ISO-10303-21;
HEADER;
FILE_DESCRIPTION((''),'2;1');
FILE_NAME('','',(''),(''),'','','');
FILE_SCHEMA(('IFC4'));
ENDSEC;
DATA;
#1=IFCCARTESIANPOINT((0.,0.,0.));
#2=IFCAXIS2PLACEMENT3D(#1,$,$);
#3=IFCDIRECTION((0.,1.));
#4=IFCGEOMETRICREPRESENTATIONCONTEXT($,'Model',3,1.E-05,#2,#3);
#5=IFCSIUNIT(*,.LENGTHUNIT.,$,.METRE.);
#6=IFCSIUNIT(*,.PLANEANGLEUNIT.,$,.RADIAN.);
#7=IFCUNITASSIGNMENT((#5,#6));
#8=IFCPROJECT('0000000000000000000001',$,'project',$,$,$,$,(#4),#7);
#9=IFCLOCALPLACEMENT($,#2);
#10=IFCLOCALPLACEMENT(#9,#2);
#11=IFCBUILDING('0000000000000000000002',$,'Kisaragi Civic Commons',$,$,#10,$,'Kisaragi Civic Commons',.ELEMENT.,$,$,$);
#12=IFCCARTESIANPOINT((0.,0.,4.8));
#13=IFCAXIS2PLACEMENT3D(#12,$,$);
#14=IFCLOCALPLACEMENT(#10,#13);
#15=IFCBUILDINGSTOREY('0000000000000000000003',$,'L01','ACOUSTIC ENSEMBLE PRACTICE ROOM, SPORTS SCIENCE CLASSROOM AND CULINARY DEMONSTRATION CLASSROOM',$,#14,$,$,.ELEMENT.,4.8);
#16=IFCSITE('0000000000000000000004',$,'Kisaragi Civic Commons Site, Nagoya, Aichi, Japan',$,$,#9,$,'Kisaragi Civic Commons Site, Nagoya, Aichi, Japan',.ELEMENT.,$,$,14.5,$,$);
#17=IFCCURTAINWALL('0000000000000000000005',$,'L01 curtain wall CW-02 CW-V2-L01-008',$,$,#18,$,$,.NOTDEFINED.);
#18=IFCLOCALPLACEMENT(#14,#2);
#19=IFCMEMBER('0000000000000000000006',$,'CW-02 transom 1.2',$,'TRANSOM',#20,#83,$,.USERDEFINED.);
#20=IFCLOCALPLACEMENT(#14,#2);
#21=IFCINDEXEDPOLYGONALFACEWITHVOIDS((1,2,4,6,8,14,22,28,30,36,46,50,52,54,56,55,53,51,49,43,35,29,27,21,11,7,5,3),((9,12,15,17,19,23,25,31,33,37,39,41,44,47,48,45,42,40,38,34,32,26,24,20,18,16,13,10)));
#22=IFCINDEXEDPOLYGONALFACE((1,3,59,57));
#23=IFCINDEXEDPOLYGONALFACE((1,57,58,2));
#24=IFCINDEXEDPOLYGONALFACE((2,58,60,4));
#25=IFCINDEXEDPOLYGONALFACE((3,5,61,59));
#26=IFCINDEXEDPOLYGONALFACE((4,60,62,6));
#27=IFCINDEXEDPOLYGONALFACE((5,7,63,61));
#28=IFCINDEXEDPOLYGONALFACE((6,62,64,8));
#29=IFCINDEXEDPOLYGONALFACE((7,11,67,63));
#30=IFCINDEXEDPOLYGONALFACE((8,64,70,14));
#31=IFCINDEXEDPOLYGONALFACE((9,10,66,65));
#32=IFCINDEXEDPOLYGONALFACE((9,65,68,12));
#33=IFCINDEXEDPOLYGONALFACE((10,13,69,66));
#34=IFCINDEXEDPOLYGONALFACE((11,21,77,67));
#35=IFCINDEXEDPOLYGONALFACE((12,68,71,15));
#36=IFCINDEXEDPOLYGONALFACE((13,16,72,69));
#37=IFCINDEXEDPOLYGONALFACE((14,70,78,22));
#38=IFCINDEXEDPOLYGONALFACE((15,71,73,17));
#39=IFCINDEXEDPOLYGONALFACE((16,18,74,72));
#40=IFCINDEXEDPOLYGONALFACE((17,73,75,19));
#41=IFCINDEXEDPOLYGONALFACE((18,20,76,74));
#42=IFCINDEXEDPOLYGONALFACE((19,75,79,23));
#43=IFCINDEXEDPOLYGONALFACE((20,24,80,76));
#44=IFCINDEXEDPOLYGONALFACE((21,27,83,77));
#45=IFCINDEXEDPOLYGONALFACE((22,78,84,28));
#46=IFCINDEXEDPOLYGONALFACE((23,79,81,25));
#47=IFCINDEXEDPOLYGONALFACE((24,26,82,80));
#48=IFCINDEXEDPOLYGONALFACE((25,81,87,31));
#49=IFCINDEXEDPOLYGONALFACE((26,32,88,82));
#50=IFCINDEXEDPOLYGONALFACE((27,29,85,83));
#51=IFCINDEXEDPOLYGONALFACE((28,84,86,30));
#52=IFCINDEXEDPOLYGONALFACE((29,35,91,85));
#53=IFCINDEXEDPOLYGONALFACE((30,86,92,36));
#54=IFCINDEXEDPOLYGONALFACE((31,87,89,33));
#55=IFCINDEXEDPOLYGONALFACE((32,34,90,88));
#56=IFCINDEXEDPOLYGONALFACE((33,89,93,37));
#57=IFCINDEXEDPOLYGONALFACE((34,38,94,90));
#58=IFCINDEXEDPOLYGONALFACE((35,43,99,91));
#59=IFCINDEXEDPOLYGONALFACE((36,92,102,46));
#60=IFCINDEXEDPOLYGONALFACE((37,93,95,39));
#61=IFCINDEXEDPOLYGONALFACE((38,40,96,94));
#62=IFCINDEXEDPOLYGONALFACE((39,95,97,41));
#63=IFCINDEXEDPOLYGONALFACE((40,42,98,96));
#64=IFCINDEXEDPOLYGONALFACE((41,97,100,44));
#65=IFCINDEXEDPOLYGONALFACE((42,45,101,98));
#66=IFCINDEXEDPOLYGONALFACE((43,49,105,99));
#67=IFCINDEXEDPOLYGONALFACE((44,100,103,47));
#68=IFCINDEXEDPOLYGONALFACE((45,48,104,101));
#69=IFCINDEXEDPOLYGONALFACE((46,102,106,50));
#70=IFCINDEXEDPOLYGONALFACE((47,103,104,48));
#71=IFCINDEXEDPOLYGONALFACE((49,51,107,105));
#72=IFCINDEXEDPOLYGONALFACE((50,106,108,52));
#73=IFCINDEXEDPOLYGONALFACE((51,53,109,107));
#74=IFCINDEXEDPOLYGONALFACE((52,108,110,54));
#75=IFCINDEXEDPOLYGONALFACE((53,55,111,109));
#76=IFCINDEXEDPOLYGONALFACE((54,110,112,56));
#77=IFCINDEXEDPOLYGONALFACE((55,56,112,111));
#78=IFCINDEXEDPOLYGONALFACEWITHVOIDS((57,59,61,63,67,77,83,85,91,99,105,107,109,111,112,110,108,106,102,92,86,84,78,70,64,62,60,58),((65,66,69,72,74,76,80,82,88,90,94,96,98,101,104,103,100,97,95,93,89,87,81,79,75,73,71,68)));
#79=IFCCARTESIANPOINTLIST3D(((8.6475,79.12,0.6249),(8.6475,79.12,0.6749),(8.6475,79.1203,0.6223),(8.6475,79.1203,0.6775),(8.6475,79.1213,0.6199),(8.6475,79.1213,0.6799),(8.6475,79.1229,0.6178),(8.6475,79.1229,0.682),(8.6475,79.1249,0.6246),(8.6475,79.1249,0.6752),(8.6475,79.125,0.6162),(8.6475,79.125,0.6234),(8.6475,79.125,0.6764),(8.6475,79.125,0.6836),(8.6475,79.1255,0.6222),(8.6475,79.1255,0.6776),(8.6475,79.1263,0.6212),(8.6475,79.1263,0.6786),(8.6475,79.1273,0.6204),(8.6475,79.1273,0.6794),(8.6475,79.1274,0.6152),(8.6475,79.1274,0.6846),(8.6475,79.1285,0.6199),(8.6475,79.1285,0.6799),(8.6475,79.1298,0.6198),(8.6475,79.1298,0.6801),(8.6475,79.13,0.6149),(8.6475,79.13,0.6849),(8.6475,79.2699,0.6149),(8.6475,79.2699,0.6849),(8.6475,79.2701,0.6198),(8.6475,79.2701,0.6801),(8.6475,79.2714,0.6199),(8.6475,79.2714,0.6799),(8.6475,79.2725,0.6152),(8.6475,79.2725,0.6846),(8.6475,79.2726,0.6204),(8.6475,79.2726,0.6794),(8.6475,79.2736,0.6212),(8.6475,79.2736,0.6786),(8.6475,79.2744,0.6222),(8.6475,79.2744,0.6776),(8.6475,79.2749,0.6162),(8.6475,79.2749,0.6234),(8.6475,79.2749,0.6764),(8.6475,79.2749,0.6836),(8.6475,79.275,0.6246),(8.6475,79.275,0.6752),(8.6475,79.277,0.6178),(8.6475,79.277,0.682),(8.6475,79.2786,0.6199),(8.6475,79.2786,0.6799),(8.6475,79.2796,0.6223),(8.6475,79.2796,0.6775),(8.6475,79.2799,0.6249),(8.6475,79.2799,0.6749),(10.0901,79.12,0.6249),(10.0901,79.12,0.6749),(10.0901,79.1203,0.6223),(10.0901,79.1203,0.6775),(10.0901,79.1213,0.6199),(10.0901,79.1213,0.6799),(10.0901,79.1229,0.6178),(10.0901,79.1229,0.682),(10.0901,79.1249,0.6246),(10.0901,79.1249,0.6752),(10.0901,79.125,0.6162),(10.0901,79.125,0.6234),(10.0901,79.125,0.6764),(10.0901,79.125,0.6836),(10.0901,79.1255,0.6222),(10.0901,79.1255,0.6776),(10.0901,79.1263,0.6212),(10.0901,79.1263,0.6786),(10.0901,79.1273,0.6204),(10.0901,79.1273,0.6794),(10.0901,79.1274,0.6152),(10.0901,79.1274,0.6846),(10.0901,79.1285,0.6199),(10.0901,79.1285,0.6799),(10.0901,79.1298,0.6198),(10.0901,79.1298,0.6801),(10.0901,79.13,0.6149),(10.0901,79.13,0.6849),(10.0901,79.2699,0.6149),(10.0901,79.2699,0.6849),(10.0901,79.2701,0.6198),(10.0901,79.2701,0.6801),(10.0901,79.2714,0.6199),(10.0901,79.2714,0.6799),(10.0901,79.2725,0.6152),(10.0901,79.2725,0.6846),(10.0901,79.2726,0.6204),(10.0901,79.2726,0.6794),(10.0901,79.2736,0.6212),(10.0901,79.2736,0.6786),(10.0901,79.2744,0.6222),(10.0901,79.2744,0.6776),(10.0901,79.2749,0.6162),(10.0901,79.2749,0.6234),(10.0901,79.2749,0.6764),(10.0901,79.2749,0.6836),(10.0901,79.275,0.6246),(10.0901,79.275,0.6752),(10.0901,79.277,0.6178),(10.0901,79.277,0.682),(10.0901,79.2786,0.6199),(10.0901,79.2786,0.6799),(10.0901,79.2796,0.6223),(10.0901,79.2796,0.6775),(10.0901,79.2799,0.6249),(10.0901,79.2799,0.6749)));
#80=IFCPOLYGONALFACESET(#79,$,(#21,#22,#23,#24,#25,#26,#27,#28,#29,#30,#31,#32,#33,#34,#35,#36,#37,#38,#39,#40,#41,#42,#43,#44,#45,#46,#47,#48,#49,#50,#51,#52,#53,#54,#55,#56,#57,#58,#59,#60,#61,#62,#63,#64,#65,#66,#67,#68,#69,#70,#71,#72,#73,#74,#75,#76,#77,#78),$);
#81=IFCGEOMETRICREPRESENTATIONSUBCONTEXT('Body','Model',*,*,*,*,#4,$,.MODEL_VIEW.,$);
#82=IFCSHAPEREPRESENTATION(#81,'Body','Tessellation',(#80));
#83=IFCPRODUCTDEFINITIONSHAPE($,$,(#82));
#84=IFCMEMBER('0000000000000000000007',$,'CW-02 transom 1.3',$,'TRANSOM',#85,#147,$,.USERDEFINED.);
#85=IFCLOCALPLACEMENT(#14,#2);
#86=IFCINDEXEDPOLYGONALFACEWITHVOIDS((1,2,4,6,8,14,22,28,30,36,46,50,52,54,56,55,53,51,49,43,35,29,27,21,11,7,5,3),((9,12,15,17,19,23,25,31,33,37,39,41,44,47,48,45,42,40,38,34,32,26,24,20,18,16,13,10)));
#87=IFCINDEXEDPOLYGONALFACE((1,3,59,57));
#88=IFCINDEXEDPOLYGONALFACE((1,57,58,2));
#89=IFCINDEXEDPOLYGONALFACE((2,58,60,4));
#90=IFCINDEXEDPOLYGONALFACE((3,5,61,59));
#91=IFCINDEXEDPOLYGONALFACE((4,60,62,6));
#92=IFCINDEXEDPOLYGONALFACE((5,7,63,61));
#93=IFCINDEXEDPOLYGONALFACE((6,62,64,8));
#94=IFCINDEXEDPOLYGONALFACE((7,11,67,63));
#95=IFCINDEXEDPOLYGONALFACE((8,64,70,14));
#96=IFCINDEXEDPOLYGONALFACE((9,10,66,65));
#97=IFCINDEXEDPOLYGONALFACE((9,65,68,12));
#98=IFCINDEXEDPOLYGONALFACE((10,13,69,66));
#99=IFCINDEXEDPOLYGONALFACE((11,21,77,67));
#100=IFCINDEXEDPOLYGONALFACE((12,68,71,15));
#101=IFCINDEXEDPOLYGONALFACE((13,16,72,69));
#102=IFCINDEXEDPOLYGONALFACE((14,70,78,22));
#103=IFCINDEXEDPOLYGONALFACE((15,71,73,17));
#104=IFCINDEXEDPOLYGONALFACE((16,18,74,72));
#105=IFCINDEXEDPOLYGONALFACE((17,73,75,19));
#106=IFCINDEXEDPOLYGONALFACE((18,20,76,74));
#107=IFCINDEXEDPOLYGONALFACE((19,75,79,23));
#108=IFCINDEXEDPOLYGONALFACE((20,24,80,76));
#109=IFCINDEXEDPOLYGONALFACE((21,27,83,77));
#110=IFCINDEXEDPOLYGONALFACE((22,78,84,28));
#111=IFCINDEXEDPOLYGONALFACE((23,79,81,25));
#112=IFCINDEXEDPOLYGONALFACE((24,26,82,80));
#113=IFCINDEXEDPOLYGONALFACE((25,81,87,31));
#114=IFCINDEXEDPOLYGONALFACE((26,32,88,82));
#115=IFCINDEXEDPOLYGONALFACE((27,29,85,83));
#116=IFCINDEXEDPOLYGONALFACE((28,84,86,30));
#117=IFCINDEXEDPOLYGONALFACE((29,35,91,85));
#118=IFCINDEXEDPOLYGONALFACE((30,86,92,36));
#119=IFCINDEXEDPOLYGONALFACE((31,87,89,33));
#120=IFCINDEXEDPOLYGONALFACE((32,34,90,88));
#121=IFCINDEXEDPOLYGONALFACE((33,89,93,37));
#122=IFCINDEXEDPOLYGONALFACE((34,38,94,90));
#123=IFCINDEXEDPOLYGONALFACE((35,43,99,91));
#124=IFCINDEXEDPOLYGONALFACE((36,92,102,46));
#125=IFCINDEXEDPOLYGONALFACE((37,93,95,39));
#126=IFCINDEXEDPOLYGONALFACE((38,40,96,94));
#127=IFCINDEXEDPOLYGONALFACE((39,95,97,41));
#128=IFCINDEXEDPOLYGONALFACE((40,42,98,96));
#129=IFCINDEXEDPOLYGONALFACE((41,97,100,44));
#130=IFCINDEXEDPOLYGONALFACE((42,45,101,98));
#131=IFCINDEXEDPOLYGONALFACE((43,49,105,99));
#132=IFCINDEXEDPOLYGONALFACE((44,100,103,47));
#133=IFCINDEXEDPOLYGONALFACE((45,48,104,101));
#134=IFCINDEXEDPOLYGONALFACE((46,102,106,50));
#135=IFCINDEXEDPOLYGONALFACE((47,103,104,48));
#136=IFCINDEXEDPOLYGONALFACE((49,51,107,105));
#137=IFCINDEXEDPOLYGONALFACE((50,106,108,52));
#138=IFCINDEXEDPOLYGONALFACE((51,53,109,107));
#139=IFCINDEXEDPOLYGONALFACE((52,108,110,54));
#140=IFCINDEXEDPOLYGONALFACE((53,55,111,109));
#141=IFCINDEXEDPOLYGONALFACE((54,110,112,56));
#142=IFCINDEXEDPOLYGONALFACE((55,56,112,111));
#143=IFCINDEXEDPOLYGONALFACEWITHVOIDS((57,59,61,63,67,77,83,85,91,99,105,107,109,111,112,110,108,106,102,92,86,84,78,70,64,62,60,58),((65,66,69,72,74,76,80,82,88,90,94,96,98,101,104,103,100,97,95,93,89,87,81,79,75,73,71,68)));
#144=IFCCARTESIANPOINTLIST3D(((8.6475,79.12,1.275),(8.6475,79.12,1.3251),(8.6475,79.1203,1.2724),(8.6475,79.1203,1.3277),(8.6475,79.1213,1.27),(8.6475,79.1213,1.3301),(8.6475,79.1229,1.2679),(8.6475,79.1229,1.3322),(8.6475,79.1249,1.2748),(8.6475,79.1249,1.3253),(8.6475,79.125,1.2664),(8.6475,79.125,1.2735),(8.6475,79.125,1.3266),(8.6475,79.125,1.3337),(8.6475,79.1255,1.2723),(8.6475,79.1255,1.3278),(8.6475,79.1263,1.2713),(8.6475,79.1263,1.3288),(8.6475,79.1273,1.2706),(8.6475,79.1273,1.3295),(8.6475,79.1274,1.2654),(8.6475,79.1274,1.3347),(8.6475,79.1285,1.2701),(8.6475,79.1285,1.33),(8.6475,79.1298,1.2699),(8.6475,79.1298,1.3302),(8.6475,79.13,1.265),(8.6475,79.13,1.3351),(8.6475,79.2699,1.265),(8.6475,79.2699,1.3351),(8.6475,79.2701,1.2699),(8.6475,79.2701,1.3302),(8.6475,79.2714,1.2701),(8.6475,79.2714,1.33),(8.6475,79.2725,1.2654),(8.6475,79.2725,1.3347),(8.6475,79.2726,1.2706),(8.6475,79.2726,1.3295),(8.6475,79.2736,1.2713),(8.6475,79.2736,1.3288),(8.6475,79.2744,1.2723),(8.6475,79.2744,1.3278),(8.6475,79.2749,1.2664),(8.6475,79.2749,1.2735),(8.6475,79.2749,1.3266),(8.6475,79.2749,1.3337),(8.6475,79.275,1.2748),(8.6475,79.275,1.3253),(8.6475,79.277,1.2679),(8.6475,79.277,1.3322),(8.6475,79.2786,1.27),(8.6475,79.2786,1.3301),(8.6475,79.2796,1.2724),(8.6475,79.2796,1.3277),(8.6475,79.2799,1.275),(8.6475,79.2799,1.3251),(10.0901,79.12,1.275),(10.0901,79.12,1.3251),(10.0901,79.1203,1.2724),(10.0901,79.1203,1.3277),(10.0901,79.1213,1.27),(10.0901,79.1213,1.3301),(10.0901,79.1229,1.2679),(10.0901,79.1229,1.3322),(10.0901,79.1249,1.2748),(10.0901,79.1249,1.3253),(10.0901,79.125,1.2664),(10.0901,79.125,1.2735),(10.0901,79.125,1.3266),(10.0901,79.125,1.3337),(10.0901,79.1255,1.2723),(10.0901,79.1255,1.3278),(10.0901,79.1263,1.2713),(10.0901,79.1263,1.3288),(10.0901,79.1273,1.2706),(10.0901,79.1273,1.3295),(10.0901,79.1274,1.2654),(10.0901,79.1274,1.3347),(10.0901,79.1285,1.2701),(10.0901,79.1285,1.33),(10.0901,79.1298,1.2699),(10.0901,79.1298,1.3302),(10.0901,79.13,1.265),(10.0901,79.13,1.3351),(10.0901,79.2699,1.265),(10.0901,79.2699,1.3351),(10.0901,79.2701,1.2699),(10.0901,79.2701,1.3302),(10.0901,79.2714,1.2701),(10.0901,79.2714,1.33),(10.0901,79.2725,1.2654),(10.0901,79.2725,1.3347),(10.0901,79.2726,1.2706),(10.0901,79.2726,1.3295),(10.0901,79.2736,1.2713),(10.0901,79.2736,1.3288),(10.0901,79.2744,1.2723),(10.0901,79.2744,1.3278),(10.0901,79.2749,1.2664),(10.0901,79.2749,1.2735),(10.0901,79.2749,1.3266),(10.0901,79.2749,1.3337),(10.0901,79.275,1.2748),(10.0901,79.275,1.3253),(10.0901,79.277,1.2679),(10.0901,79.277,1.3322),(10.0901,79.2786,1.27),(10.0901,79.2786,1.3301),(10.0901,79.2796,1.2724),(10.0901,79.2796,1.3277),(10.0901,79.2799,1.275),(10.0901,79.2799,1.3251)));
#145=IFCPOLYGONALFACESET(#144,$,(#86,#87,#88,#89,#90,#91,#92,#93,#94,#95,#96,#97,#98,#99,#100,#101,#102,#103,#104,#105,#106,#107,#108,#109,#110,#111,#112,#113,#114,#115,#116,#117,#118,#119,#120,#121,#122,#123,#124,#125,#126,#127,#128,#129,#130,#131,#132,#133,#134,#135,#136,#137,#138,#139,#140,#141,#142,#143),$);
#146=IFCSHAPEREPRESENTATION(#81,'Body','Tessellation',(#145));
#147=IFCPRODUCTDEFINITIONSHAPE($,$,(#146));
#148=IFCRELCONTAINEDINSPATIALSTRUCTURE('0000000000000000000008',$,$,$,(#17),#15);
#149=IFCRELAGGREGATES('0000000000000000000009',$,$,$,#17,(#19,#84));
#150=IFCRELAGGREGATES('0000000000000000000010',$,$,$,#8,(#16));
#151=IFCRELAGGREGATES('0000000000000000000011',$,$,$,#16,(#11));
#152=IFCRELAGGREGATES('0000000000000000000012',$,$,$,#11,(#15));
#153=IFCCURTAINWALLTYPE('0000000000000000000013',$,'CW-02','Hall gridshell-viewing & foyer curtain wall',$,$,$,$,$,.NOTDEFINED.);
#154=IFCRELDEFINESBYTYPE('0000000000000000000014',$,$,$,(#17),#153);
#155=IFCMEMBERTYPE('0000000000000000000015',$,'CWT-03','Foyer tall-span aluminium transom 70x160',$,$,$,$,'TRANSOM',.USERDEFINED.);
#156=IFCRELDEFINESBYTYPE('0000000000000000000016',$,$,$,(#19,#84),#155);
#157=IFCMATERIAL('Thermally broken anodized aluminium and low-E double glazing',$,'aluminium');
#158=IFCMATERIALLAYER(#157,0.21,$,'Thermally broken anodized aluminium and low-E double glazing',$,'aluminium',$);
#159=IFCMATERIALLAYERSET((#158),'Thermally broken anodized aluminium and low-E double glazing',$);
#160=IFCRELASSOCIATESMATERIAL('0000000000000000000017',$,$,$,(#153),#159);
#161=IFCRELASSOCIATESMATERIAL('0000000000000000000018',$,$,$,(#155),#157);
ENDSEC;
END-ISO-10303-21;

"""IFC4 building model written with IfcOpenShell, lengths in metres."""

from ifc_helpers import new_model, si_unit, direction, frame, origin, origin_2d, place, context, subcontext, project, spatial, hollow_rectangle, extrude, material, layer, layer_set, material_profile, profile_set, type_object, element, aggregate, save


model = new_model("IFC4")

# Units and contexts
model_context = context("Model", 3, precision=1e-05, world=origin(), true_north=direction((0.0, 1.0)))
body_context = subcontext(model_context, "Body", "Model", "MODEL_VIEW")
ifc_project = project(units=[si_unit("LENGTHUNIT", "METRE"), si_unit("PLANEANGLEUNIT", "RADIAN")], contexts=[model_context])

# Site, building, storey
site_placement = place(None, origin())
site = spatial("IfcSite", under=ifc_project, at=site_placement, Name="Kisaragi Civic Commons Site, Nagoya, Aichi, Japan", LongName="Kisaragi Civic Commons Site, Nagoya, Aichi, Japan", CompositionType="ELEMENT", RefElevation=14.5)
building_placement = place(site_placement, origin())
building = spatial("IfcBuilding", under=site, at=building_placement, Name="Kisaragi Civic Commons", LongName="Kisaragi Civic Commons", CompositionType="ELEMENT")
storey_placement = place(building_placement, frame((0.0, 0.0, 4.8)))
storey = spatial("IfcBuildingStorey", under=building, at=storey_placement, Name="L01", Description="ACOUSTIC ENSEMBLE PRACTICE ROOM, SPORTS SCIENCE CLASSROOM AND CULINARY DEMONSTRATION CLASSROOM", CompositionType="ELEMENT", Elevation=4.8)

# Curtain wall, members
ifc_material_1 = material(Name="Thermally broken anodized aluminium and low-E double glazing", Category="aluminium")
ifc_layer_1 = layer(ifc_material_1, 0.21, Name="Thermally broken anodized aluminium and low-E double glazing", Category="aluminium")
ifc_layer_set_1 = layer_set([ifc_layer_1], Name="Thermally broken anodized aluminium and low-E double glazing")
curtain_wall_type = type_object("IfcCurtainWallType", Name="CW-02", Description="Hall gridshell-viewing & foyer curtain wall", PredefinedType="NOTDEFINED", material=ifc_layer_set_1)
curtain_wall_placement = place(storey_placement, origin())
curtain_wall = element("IfcCurtainWall", 1, at=curtain_wall_placement, inside=storey, type_object=curtain_wall_type, Name="L01 curtain wall CW-02 CW-V2-L01-008", PredefinedType="NOTDEFINED")
ifc_material_profile_1 = material_profile(ifc_material_1, hollow_rectangle(XDim=0.1599, YDim=0.0701, WallThickness=0.0049, InnerFilletRadius=0.0049, OuterFilletRadius=0.01, at=origin_2d()), Name="CWT-70x160x5", Category="aluminium")
ifc_profile_set_1 = profile_set([ifc_material_profile_1], Name="Thermally broken anodized aluminium and low-E double glazing")
member_type_1 = type_object("IfcMemberType", Name="CWT-03", Description="Foyer tall-span aluminium transom 70x160", ElementType="TRANSOM", PredefinedType="USERDEFINED", material=ifc_profile_set_1)
member_1_placement = place(storey_placement, frame((10.0901, 79.2, 0.6499), z_axis=(-1.0, 0.0, 0.0), x_axis=(0.0, -1.0, 0.0)))
member_1 = element("IfcMember", 2, at=member_1_placement, type_object=member_type_1, Name="CW-02 transom 1.2", ObjectType="TRANSOM", PredefinedType="USERDEFINED", context=body_context, shape_type="SweptSolid", body=[
    extrude(hollow_rectangle(XDim=0.1599, YDim=0.0701, WallThickness=0.0049, InnerFilletRadius=0.0049, OuterFilletRadius=0.01, at=origin_2d()), origin(), (0.0, 0.0, 1.0), 1.4426),
])
member_2_placement = place(storey_placement, frame((10.0901, 79.2, 1.3), z_axis=(-1.0, 0.0, 0.0), x_axis=(0.0, -1.0, 0.0)))
member_2 = element("IfcMember", 3, at=member_2_placement, type_object=member_type_1, Name="CW-02 transom 1.3", ObjectType="TRANSOM", PredefinedType="USERDEFINED", context=body_context, shape_type="SweptSolid", body=[
    extrude(hollow_rectangle(XDim=0.1599, YDim=0.0701, WallThickness=0.0049, InnerFilletRadius=0.0049, OuterFilletRadius=0.01, at=origin_2d()), origin(), (0.0, 0.0, 1.0), 1.4426),
])

aggregate(curtain_wall, [member_1, member_2])

save(model, "model.ifc")
